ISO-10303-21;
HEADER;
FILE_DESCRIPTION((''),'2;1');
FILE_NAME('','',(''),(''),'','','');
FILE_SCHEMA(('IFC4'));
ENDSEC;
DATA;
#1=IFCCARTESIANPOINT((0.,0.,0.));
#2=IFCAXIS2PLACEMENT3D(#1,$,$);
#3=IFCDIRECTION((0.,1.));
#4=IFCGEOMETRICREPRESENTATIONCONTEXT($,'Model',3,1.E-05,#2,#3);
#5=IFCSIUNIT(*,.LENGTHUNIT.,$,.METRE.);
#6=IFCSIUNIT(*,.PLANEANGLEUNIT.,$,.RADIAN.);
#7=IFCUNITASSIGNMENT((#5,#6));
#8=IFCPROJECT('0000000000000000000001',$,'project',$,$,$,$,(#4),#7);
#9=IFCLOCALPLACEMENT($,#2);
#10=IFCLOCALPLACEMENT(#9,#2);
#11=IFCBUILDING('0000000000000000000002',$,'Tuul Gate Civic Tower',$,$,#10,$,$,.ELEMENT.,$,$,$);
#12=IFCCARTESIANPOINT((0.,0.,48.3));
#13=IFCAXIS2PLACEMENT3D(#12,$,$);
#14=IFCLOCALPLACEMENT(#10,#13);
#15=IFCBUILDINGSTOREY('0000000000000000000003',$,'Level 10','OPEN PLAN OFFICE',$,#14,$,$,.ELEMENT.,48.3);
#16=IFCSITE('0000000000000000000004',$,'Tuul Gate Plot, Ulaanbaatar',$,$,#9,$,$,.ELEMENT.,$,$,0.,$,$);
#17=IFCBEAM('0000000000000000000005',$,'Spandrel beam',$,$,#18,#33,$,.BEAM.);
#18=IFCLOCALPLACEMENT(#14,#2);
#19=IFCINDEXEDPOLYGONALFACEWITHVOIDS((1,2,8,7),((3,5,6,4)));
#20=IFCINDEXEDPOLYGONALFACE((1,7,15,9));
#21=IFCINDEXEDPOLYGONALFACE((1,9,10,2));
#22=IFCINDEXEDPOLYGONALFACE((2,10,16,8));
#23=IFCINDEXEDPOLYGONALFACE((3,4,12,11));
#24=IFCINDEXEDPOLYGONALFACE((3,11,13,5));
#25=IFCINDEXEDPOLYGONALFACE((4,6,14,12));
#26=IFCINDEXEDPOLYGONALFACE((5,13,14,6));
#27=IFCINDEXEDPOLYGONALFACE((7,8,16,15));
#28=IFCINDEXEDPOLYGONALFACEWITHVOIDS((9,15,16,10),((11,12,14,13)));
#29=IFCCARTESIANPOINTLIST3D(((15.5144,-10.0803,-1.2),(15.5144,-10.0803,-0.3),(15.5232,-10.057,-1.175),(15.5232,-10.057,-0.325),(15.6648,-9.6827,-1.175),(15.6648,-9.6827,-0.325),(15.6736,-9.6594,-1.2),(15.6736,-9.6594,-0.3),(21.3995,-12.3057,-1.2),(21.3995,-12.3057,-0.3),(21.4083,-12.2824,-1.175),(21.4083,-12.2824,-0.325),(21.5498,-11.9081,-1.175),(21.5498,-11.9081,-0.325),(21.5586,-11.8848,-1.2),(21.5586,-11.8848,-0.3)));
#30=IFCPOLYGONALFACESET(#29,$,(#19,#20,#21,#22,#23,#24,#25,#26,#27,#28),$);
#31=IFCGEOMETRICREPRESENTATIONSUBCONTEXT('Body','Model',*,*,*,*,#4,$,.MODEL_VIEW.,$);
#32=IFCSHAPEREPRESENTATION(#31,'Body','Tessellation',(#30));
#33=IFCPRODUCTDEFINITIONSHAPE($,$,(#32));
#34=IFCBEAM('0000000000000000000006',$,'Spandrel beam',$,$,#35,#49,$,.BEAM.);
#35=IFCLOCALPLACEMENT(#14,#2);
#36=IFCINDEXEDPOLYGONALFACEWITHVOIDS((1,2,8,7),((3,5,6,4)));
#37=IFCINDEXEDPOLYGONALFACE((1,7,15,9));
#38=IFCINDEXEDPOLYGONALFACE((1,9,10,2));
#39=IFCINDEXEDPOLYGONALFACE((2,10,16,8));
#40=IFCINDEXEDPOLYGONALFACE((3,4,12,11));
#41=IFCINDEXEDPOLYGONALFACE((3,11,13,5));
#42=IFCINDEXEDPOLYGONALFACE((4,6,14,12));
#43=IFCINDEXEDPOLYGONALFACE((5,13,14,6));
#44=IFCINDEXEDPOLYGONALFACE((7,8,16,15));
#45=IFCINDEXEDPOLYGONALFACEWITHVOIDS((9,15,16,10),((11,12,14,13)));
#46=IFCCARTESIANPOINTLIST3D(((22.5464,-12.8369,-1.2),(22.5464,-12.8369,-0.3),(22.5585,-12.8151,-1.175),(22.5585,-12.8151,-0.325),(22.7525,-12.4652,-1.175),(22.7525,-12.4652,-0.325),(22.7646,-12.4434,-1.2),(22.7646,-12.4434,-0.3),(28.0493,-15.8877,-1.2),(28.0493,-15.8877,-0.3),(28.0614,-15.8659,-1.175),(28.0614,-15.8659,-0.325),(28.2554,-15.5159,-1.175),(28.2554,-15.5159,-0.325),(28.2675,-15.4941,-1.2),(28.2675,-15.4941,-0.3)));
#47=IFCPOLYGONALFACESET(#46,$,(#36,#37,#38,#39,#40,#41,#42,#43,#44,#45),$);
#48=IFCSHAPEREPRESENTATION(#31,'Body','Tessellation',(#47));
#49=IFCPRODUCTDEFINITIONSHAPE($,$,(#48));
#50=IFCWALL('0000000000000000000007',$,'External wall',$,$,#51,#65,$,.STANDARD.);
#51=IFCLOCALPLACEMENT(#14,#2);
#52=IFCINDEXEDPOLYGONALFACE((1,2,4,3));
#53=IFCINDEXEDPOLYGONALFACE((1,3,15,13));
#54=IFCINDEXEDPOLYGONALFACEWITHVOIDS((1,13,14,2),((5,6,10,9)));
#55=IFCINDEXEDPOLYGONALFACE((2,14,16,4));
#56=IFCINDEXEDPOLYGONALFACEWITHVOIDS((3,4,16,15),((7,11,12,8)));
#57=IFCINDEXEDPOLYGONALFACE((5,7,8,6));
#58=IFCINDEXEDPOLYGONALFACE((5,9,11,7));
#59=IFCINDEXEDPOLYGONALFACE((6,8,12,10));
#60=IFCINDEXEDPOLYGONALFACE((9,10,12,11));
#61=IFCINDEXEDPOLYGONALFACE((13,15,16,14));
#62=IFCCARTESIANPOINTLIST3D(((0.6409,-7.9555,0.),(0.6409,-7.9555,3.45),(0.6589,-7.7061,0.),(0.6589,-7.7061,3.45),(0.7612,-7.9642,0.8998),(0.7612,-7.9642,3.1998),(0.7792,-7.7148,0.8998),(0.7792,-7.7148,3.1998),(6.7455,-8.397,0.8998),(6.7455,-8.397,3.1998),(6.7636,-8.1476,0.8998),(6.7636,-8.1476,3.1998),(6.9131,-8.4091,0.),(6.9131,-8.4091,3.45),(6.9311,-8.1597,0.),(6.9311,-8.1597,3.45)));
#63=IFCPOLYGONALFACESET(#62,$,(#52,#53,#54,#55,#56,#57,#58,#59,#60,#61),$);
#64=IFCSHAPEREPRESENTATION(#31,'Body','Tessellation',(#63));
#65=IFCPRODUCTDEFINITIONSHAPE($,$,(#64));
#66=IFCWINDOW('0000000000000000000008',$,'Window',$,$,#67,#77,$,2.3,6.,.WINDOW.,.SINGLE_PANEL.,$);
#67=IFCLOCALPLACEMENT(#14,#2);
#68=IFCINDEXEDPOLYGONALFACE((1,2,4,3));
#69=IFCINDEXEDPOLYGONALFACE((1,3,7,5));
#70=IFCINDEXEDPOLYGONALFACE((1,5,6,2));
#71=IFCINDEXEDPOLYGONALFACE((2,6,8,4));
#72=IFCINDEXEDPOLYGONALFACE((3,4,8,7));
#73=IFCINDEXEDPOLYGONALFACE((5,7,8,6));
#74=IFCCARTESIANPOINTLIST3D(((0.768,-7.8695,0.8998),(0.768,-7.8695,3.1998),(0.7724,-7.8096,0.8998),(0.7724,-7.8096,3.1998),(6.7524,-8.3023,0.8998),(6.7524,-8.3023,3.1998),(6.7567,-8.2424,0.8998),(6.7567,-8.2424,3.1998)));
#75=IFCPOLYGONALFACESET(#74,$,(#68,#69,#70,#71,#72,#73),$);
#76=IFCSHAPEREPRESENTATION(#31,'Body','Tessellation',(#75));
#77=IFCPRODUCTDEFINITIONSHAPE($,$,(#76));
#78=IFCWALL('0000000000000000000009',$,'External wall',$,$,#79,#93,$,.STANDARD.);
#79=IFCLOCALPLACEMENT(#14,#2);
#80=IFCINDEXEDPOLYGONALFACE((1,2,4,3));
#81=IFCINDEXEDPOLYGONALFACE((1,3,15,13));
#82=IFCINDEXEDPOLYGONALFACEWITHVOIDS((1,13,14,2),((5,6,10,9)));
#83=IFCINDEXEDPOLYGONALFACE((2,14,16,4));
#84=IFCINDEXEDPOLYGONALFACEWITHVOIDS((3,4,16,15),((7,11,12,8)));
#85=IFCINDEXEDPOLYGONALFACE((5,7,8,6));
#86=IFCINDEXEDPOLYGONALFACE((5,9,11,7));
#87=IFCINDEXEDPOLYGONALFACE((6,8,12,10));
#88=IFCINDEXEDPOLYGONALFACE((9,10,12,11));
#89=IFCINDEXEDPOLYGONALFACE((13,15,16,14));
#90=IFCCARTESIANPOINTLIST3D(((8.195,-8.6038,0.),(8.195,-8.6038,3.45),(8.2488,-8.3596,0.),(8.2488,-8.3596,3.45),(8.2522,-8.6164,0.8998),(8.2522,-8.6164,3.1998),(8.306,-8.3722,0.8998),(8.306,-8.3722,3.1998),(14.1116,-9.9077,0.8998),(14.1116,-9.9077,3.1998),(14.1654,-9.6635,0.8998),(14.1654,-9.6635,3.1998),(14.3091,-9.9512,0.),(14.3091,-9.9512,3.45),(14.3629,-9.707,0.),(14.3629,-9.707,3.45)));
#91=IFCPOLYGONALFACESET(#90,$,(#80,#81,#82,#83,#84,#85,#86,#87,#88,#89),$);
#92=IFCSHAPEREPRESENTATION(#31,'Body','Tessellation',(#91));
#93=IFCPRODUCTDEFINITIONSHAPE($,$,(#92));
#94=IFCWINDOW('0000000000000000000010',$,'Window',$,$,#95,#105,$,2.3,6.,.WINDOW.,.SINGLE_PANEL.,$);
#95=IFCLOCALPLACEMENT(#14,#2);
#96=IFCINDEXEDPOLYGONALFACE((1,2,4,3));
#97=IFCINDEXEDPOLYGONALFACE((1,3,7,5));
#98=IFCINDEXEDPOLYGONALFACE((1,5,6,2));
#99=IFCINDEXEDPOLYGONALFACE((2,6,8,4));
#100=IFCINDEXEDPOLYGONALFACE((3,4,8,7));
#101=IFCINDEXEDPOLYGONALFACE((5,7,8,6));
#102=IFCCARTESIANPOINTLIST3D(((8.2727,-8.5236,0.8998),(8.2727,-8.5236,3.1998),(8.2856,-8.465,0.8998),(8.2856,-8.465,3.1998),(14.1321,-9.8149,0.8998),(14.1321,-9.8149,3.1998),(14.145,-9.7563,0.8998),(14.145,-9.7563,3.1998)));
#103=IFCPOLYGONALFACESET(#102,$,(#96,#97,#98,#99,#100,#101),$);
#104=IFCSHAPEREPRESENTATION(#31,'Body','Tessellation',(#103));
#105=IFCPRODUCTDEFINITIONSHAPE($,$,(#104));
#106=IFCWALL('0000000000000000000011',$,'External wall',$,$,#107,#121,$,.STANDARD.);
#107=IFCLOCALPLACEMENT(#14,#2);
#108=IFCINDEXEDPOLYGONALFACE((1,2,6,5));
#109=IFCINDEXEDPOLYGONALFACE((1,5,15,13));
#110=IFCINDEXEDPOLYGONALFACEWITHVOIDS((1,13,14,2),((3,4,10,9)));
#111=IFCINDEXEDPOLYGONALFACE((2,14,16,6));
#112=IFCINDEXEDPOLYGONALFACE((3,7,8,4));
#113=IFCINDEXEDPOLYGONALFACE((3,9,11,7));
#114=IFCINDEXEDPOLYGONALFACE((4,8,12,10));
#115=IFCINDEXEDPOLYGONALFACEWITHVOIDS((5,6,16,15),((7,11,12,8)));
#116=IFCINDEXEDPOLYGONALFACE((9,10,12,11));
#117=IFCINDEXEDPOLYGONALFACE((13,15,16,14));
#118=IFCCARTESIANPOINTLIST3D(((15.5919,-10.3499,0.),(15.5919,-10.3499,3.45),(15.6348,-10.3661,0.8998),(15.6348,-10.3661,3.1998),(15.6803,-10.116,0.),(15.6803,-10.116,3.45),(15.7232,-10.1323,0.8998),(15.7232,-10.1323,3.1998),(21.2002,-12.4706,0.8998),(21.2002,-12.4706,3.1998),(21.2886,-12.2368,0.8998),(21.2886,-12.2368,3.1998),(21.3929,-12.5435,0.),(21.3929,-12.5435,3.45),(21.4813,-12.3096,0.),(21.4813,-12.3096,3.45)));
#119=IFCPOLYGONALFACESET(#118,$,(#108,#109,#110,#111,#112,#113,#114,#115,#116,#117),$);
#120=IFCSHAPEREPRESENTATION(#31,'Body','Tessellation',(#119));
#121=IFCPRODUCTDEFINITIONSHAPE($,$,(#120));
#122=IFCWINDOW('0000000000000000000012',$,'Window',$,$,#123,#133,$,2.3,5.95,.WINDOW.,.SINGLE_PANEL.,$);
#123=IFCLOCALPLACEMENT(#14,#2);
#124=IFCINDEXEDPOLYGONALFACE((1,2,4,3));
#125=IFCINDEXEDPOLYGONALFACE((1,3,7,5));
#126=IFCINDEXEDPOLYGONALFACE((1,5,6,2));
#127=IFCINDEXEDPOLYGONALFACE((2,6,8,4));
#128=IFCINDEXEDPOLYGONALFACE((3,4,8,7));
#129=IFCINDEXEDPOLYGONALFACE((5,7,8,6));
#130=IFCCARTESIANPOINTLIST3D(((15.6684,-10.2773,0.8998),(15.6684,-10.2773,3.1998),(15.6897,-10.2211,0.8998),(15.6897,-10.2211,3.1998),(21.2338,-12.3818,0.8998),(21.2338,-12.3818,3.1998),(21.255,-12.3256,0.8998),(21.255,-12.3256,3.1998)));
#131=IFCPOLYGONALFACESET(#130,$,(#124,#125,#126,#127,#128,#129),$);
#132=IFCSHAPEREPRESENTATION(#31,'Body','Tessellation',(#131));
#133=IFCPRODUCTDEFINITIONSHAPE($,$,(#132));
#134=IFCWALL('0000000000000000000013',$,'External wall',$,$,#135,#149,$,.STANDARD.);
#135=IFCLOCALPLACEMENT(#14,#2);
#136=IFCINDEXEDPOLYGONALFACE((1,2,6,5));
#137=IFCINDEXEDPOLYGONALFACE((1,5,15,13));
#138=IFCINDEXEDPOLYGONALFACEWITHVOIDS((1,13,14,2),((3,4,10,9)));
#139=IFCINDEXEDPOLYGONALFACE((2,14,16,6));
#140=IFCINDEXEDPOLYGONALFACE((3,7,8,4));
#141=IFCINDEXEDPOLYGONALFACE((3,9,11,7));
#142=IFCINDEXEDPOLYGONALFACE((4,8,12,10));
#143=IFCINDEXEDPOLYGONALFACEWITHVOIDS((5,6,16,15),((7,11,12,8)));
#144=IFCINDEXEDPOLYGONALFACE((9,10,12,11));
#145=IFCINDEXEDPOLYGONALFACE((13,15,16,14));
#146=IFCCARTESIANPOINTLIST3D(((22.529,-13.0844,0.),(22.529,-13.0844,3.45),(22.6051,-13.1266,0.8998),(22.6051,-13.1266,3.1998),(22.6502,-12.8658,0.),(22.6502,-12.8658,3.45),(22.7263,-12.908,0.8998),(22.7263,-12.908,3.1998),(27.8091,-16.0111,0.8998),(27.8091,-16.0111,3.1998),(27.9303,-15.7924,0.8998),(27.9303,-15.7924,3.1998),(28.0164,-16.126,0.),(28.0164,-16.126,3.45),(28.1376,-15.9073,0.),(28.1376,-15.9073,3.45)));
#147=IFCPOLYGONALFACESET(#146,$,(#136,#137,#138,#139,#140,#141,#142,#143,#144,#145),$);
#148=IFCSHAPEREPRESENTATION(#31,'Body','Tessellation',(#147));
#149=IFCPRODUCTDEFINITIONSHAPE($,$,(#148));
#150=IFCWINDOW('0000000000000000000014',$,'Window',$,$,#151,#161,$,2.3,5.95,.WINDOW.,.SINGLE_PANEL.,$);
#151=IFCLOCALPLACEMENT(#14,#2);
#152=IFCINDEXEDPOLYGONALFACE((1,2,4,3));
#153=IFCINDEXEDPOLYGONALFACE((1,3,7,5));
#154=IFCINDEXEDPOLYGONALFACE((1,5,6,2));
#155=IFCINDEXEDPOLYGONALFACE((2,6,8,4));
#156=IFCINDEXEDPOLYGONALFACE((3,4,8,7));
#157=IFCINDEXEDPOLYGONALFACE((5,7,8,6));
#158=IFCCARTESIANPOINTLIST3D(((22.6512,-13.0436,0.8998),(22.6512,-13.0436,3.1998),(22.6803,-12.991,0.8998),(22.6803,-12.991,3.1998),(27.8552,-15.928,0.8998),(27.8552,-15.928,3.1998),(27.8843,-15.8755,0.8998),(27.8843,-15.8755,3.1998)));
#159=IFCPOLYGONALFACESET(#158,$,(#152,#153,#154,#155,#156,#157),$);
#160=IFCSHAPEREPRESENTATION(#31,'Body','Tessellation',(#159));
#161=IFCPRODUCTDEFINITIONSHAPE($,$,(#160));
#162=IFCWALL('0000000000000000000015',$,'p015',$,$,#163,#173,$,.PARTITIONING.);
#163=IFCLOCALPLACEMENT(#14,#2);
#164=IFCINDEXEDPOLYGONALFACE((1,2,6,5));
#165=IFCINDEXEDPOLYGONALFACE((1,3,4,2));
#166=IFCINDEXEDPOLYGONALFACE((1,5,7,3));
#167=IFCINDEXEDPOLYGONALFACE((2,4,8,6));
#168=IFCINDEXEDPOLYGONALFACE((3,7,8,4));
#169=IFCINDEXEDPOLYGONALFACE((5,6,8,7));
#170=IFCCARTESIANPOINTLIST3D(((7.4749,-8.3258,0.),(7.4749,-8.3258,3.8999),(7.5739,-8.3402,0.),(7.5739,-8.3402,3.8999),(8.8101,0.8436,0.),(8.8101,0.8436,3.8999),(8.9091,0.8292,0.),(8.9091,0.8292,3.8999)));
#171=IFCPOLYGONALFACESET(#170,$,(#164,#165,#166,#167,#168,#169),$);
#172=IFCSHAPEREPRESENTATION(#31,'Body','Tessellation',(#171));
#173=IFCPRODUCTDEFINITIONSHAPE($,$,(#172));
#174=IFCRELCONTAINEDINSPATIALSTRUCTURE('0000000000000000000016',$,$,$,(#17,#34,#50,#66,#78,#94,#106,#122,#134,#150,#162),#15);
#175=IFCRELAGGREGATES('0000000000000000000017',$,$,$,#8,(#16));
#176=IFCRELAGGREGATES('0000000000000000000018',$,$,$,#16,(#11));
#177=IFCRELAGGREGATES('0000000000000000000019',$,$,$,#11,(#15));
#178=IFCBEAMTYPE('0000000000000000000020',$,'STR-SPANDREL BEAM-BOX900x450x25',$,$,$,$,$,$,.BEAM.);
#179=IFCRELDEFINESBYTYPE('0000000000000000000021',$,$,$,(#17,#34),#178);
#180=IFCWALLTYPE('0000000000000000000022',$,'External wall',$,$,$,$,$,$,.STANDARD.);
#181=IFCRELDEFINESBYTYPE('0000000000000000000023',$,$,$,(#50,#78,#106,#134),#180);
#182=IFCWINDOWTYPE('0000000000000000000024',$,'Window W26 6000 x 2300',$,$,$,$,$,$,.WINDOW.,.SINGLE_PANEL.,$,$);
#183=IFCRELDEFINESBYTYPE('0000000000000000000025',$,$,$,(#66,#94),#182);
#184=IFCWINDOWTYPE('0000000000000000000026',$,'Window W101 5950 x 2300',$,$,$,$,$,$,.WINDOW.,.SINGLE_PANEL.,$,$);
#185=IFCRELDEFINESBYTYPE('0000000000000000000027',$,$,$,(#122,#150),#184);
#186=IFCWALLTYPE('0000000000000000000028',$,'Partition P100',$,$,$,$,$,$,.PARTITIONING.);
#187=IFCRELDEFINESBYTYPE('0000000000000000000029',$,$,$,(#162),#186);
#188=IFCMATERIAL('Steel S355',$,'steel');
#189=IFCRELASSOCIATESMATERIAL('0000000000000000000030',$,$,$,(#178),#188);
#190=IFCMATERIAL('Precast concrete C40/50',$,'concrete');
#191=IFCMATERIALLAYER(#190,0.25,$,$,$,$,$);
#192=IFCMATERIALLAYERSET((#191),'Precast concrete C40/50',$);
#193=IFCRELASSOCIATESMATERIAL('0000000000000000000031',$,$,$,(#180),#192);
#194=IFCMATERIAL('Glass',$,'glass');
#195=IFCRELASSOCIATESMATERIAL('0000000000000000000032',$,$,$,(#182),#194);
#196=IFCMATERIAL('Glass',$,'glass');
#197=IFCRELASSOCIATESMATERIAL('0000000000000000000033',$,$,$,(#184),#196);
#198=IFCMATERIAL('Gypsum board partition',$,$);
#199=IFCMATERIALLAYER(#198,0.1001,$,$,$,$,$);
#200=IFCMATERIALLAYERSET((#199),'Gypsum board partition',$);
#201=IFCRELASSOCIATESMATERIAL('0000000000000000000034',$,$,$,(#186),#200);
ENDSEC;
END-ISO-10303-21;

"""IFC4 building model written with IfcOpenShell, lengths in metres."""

from ifc_helpers import new_model, si_unit, direction, frame, frame_2d, origin, origin_2d, place, context, subcontext, project, spatial, rectangle, hollow_rectangle, extrude, material, layer, layer_set, material_profile, profile_set, type_object, element, fill, save


model = new_model("IFC4")

# Units and contexts
model_context = context("Model", 3, precision=1e-05, world=origin(), true_north=direction((0.0, 1.0)))
body_context = subcontext(model_context, "Body", "Model", "MODEL_VIEW")
ifc_project = project(units=[si_unit("LENGTHUNIT", "METRE"), si_unit("PLANEANGLEUNIT", "RADIAN")], contexts=[model_context])

# Site, building, storey
site_placement = place(None, origin())
site = spatial("IfcSite", under=ifc_project, at=site_placement, Name="Tuul Gate Plot, Ulaanbaatar", CompositionType="ELEMENT", RefElevation=0.0)
building_placement = place(site_placement, origin())
building = spatial("IfcBuilding", under=site, at=building_placement, Name="Tuul Gate Civic Tower", CompositionType="ELEMENT")
storey_placement = place(building_placement, frame((0.0, 0.0, 48.3)))
storey = spatial("IfcBuildingStorey", under=building, at=storey_placement, Name="Level 10", Description="OPEN PLAN OFFICE", CompositionType="ELEMENT", Elevation=48.3)

# Beams
ifc_material_1 = material(Name="Steel S355", Category="steel")
ifc_material_profile_1 = material_profile(ifc_material_1, hollow_rectangle(XDim=0.45, YDim=0.8999, WallThickness=0.0249, at=origin_2d()), Name="BOX900x450x25")
ifc_profile_set_1 = profile_set([ifc_material_profile_1], Name="Steel S355")
beam_type_1 = type_object("IfcBeamType", Name="STR-SPANDREL BEAM-BOX900x450x25", PredefinedType="BEAM", material=ifc_profile_set_1)
beam_1_placement = place(storey_placement, frame((15.594, -9.8699, -0.75), z_axis=(0.935361, -0.353695, 0.0), x_axis=(0.353695, 0.935361, 0.0)))
element("IfcBeam", 1, at=beam_1_placement, inside=storey, type_object=beam_type_1, Name="Spandrel beam", PredefinedType="BEAM", context=body_context, shape_type="SweptSolid", body=[
    extrude(hollow_rectangle(XDim=0.45, YDim=0.8999, WallThickness=0.0249, at=origin_2d()), origin(), (0.0, 0.0, 1.0), 6.2917),
])
beam_2_placement = place(storey_placement, frame((22.6555, -12.6401, -0.75), z_axis=(0.874589, -0.484865, 0.0), x_axis=(0.484865, 0.874589, 0.0)))
element("IfcBeam", 2, at=beam_2_placement, inside=storey, type_object=beam_type_1, Name="Spandrel beam", PredefinedType="BEAM", context=body_context, shape_type="SweptSolid", body=[
    extrude(hollow_rectangle(XDim=0.45, YDim=0.8999, WallThickness=0.0249, at=origin_2d()), origin(), (0.0, 0.0, 1.0), 6.292),
])

# Walls, openings, windows
ifc_material_2 = material(Name="Precast concrete C40/50", Category="concrete")
ifc_layer_1 = layer(ifc_material_2, 0.25)
ifc_layer_set_1 = layer_set([ifc_layer_1], Name="Precast concrete C40/50")
wall_type_1 = type_object("IfcWallType", Name="External wall", PredefinedType="STANDARD", material=ifc_layer_set_1)
wall_1_placement = place(storey_placement, frame((0.6499, -7.8308, 0.0), z_axis=(0.0, 0.0, 1.0), x_axis=(0.997395, -0.072133, 0.0)))
wall_1 = element("IfcWall", 3, at=wall_1_placement, inside=storey, type_object=wall_type_1, Name="External wall", PredefinedType="STANDARD", context=body_context, shape_type="SweptSolid", body=[
    extrude(rectangle(XDim=6.2886, YDim=0.25, at=frame_2d((3.1443, 0.0))), origin(), (0.0, 0.0, 1.0), 3.45),
])
opening_1_placement = place(wall_1_placement, frame((0.1206, 0.0, 0.8999)))
opening_1 = element("IfcOpeningElement", 4, at=opening_1_placement, cuts=wall_1, PredefinedType="OPENING", context=body_context, shape_type="SweptSolid", body=[
    extrude(rectangle(XDim=6.0, YDim=2.3, at=frame_2d((3.0, 1.1499))), frame((0.0, 0.135, 0.0), z_axis=(0.0, -1.0, 0.0), x_axis=(1.0, 0.0, 0.0)), (0.0, 0.0, 1.0), 0.27),
])
ifc_material_3 = material(Name="Glass", Category="glass")
window_type_1 = type_object("IfcWindowType", Name="Window W26 6000 x 2300", PartitioningType="SINGLE_PANEL", PredefinedType="WINDOW", material=ifc_material_3)
window_1_placement = place(opening_1_placement, origin())
window_1 = element("IfcWindow", 5, at=window_1_placement, inside=storey, type_object=window_type_1, Name="Window", OverallHeight=2.3, OverallWidth=6.0, PartitioningType="SINGLE_PANEL", PredefinedType="WINDOW", context=body_context, shape_type="SweptSolid", body=[
    extrude(rectangle(XDim=6.0, YDim=2.3, at=frame_2d((3.0, 1.1499))), frame((0.0, 0.03, 0.0), z_axis=(0.0, -1.0, 0.0), x_axis=(1.0, 0.0, 0.0)), (0.0, 0.0, 1.0), 0.0601),
])
fill(opening_1, window_1)
wall_2_placement = place(storey_placement, frame((8.2219, -8.4817, 0.0), z_axis=(0.0, 0.0, 1.0), x_axis=(0.976566, -0.215217, 0.0)))
wall_2 = element("IfcWall", 6, at=wall_2_placement, inside=storey, type_object=wall_type_1, Name="External wall", PredefinedType="STANDARD", context=body_context, shape_type="SweptSolid", body=[
    extrude(rectangle(XDim=6.2607, YDim=0.25, at=frame_2d((3.1304, 0.0))), origin(), (0.0, 0.0, 1.0), 3.45),
])
opening_2_placement = place(wall_2_placement, frame((0.0586, 0.0, 0.8999)))
opening_2 = element("IfcOpeningElement", 7, at=opening_2_placement, cuts=wall_2, PredefinedType="OPENING", context=body_context, shape_type="SweptSolid", body=[
    extrude(rectangle(XDim=6.0, YDim=2.3, at=frame_2d((3.0, 1.1499))), frame((0.0, 0.135, 0.0), z_axis=(0.0, -1.0, 0.0), x_axis=(1.0, 0.0, 0.0)), (0.0, 0.0, 1.0), 0.27),
])
window_2_placement = place(opening_2_placement, origin())
window_2 = element("IfcWindow", 8, at=window_2_placement, inside=storey, type_object=window_type_1, Name="Window", OverallHeight=2.3, OverallWidth=6.0, PartitioningType="SINGLE_PANEL", PredefinedType="WINDOW", context=body_context, shape_type="SweptSolid", body=[
    extrude(rectangle(XDim=6.0, YDim=2.3, at=frame_2d((3.0, 1.1499))), frame((0.0, 0.03, 0.0), z_axis=(0.0, -1.0, 0.0), x_axis=(1.0, 0.0, 0.0)), (0.0, 0.0, 1.0), 0.0601),
])
fill(opening_2, window_2)
wall_3_placement = place(storey_placement, frame((15.636, -10.2329, 0.0), z_axis=(0.0, 0.0, 1.0), x_axis=(0.93536, -0.353698, 0.0)))
wall_3 = element("IfcWall", 9, at=wall_3_placement, inside=storey, type_object=wall_type_1, Name="External wall", PredefinedType="STANDARD", context=body_context, shape_type="SweptSolid", body=[
    extrude(rectangle(XDim=6.2019, YDim=0.25, at=frame_2d((3.1011, 0.0))), origin(), (0.0, 0.0, 1.0), 3.45),
])
opening_3_placement = place(wall_3_placement, frame((0.0459, 0.0, 0.8999)))
opening_3 = element("IfcOpeningElement", 10, at=opening_3_placement, cuts=wall_3, PredefinedType="OPENING", context=body_context, shape_type="SweptSolid", body=[
    extrude(rectangle(XDim=5.95, YDim=2.3, at=frame_2d((2.9751, 1.1499))), frame((0.0, 0.135, 0.0), z_axis=(0.0, -1.0, 0.0), x_axis=(1.0, 0.0, 0.0)), (0.0, 0.0, 1.0), 0.27),
])
ifc_material_4 = material(Name="Glass", Category="glass")
window_type_2 = type_object("IfcWindowType", Name="Window W101 5950 x 2300", PartitioningType="SINGLE_PANEL", PredefinedType="WINDOW", material=ifc_material_4)
window_3_placement = place(opening_3_placement, origin())
window_3 = element("IfcWindow", 11, at=window_3_placement, inside=storey, type_object=window_type_2, Name="Window", OverallHeight=2.3, OverallWidth=5.95, PartitioningType="SINGLE_PANEL", PredefinedType="WINDOW", context=body_context, shape_type="SweptSolid", body=[
    extrude(rectangle(XDim=5.95, YDim=2.3, at=frame_2d((2.9751, 1.1499))), frame((0.0, 0.03, 0.0), z_axis=(0.0, -1.0, 0.0), x_axis=(1.0, 0.0, 0.0)), (0.0, 0.0, 1.0), 0.0601),
])
fill(opening_3, window_3)
wall_4_placement = place(storey_placement, frame((22.5896, -12.9751, 0.0), z_axis=(0.0, 0.0, 1.0), x_axis=(0.87463, -0.48479, 0.0)))
wall_4 = element("IfcWall", 12, at=wall_4_placement, inside=storey, type_object=wall_type_1, Name="External wall", PredefinedType="STANDARD", context=body_context, shape_type="SweptSolid", body=[
    extrude(rectangle(XDim=6.2739, YDim=0.25, at=frame_2d((3.137, 0.0))), origin(), (0.0, 0.0, 1.0), 3.45),
])
opening_4_placement = place(wall_4_placement, frame((0.0869, 0.0, 0.8999)))
opening_4 = element("IfcOpeningElement", 13, at=opening_4_placement, cuts=wall_4, PredefinedType="OPENING", context=body_context, shape_type="SweptSolid", body=[
    extrude(rectangle(XDim=5.95, YDim=2.3, at=frame_2d((2.9751, 1.1499))), frame((0.0, 0.135, 0.0), z_axis=(0.0, -1.0, 0.0), x_axis=(1.0, 0.0, 0.0)), (0.0, 0.0, 1.0), 0.27),
])
window_4_placement = place(opening_4_placement, origin())
window_4 = element("IfcWindow", 14, at=window_4_placement, inside=storey, type_object=window_type_2, Name="Window", OverallHeight=2.3, OverallWidth=5.95, PartitioningType="SINGLE_PANEL", PredefinedType="WINDOW", context=body_context, shape_type="SweptSolid", body=[
    extrude(rectangle(XDim=5.95, YDim=2.3, at=frame_2d((2.9751, 1.1499))), frame((0.0, 0.03, 0.0), z_axis=(0.0, -1.0, 0.0), x_axis=(1.0, 0.0, 0.0)), (0.0, 0.0, 1.0), 0.0601),
])
fill(opening_4, window_4)

# Wall
ifc_material_5 = material(Name="Gypsum board partition")
ifc_layer_2 = layer(ifc_material_5, 0.1001)
ifc_layer_set_2 = layer_set([ifc_layer_2], Name="Gypsum board partition")
wall_type_2 = type_object("IfcWallType", Name="Partition P100", PredefinedType="PARTITIONING", material=ifc_layer_set_2)
wall_5_placement = place(storey_placement, frame((7.5244, -8.333, 0.0), z_axis=(0.0, 0.0, 1.0), x_axis=(0.144095, 0.989564, 0.0)))
element("IfcWall", 15, at=wall_5_placement, inside=storey, type_object=wall_type_2, Name="p015", PredefinedType="PARTITIONING", context=body_context, shape_type="SweptSolid", body=[
    extrude(rectangle(XDim=9.2661, YDim=0.1001, at=frame_2d((4.6331, 0.0))), origin(), (0.0, 0.0, 1.0), 3.8999),
])

save(model, "model.ifc")
